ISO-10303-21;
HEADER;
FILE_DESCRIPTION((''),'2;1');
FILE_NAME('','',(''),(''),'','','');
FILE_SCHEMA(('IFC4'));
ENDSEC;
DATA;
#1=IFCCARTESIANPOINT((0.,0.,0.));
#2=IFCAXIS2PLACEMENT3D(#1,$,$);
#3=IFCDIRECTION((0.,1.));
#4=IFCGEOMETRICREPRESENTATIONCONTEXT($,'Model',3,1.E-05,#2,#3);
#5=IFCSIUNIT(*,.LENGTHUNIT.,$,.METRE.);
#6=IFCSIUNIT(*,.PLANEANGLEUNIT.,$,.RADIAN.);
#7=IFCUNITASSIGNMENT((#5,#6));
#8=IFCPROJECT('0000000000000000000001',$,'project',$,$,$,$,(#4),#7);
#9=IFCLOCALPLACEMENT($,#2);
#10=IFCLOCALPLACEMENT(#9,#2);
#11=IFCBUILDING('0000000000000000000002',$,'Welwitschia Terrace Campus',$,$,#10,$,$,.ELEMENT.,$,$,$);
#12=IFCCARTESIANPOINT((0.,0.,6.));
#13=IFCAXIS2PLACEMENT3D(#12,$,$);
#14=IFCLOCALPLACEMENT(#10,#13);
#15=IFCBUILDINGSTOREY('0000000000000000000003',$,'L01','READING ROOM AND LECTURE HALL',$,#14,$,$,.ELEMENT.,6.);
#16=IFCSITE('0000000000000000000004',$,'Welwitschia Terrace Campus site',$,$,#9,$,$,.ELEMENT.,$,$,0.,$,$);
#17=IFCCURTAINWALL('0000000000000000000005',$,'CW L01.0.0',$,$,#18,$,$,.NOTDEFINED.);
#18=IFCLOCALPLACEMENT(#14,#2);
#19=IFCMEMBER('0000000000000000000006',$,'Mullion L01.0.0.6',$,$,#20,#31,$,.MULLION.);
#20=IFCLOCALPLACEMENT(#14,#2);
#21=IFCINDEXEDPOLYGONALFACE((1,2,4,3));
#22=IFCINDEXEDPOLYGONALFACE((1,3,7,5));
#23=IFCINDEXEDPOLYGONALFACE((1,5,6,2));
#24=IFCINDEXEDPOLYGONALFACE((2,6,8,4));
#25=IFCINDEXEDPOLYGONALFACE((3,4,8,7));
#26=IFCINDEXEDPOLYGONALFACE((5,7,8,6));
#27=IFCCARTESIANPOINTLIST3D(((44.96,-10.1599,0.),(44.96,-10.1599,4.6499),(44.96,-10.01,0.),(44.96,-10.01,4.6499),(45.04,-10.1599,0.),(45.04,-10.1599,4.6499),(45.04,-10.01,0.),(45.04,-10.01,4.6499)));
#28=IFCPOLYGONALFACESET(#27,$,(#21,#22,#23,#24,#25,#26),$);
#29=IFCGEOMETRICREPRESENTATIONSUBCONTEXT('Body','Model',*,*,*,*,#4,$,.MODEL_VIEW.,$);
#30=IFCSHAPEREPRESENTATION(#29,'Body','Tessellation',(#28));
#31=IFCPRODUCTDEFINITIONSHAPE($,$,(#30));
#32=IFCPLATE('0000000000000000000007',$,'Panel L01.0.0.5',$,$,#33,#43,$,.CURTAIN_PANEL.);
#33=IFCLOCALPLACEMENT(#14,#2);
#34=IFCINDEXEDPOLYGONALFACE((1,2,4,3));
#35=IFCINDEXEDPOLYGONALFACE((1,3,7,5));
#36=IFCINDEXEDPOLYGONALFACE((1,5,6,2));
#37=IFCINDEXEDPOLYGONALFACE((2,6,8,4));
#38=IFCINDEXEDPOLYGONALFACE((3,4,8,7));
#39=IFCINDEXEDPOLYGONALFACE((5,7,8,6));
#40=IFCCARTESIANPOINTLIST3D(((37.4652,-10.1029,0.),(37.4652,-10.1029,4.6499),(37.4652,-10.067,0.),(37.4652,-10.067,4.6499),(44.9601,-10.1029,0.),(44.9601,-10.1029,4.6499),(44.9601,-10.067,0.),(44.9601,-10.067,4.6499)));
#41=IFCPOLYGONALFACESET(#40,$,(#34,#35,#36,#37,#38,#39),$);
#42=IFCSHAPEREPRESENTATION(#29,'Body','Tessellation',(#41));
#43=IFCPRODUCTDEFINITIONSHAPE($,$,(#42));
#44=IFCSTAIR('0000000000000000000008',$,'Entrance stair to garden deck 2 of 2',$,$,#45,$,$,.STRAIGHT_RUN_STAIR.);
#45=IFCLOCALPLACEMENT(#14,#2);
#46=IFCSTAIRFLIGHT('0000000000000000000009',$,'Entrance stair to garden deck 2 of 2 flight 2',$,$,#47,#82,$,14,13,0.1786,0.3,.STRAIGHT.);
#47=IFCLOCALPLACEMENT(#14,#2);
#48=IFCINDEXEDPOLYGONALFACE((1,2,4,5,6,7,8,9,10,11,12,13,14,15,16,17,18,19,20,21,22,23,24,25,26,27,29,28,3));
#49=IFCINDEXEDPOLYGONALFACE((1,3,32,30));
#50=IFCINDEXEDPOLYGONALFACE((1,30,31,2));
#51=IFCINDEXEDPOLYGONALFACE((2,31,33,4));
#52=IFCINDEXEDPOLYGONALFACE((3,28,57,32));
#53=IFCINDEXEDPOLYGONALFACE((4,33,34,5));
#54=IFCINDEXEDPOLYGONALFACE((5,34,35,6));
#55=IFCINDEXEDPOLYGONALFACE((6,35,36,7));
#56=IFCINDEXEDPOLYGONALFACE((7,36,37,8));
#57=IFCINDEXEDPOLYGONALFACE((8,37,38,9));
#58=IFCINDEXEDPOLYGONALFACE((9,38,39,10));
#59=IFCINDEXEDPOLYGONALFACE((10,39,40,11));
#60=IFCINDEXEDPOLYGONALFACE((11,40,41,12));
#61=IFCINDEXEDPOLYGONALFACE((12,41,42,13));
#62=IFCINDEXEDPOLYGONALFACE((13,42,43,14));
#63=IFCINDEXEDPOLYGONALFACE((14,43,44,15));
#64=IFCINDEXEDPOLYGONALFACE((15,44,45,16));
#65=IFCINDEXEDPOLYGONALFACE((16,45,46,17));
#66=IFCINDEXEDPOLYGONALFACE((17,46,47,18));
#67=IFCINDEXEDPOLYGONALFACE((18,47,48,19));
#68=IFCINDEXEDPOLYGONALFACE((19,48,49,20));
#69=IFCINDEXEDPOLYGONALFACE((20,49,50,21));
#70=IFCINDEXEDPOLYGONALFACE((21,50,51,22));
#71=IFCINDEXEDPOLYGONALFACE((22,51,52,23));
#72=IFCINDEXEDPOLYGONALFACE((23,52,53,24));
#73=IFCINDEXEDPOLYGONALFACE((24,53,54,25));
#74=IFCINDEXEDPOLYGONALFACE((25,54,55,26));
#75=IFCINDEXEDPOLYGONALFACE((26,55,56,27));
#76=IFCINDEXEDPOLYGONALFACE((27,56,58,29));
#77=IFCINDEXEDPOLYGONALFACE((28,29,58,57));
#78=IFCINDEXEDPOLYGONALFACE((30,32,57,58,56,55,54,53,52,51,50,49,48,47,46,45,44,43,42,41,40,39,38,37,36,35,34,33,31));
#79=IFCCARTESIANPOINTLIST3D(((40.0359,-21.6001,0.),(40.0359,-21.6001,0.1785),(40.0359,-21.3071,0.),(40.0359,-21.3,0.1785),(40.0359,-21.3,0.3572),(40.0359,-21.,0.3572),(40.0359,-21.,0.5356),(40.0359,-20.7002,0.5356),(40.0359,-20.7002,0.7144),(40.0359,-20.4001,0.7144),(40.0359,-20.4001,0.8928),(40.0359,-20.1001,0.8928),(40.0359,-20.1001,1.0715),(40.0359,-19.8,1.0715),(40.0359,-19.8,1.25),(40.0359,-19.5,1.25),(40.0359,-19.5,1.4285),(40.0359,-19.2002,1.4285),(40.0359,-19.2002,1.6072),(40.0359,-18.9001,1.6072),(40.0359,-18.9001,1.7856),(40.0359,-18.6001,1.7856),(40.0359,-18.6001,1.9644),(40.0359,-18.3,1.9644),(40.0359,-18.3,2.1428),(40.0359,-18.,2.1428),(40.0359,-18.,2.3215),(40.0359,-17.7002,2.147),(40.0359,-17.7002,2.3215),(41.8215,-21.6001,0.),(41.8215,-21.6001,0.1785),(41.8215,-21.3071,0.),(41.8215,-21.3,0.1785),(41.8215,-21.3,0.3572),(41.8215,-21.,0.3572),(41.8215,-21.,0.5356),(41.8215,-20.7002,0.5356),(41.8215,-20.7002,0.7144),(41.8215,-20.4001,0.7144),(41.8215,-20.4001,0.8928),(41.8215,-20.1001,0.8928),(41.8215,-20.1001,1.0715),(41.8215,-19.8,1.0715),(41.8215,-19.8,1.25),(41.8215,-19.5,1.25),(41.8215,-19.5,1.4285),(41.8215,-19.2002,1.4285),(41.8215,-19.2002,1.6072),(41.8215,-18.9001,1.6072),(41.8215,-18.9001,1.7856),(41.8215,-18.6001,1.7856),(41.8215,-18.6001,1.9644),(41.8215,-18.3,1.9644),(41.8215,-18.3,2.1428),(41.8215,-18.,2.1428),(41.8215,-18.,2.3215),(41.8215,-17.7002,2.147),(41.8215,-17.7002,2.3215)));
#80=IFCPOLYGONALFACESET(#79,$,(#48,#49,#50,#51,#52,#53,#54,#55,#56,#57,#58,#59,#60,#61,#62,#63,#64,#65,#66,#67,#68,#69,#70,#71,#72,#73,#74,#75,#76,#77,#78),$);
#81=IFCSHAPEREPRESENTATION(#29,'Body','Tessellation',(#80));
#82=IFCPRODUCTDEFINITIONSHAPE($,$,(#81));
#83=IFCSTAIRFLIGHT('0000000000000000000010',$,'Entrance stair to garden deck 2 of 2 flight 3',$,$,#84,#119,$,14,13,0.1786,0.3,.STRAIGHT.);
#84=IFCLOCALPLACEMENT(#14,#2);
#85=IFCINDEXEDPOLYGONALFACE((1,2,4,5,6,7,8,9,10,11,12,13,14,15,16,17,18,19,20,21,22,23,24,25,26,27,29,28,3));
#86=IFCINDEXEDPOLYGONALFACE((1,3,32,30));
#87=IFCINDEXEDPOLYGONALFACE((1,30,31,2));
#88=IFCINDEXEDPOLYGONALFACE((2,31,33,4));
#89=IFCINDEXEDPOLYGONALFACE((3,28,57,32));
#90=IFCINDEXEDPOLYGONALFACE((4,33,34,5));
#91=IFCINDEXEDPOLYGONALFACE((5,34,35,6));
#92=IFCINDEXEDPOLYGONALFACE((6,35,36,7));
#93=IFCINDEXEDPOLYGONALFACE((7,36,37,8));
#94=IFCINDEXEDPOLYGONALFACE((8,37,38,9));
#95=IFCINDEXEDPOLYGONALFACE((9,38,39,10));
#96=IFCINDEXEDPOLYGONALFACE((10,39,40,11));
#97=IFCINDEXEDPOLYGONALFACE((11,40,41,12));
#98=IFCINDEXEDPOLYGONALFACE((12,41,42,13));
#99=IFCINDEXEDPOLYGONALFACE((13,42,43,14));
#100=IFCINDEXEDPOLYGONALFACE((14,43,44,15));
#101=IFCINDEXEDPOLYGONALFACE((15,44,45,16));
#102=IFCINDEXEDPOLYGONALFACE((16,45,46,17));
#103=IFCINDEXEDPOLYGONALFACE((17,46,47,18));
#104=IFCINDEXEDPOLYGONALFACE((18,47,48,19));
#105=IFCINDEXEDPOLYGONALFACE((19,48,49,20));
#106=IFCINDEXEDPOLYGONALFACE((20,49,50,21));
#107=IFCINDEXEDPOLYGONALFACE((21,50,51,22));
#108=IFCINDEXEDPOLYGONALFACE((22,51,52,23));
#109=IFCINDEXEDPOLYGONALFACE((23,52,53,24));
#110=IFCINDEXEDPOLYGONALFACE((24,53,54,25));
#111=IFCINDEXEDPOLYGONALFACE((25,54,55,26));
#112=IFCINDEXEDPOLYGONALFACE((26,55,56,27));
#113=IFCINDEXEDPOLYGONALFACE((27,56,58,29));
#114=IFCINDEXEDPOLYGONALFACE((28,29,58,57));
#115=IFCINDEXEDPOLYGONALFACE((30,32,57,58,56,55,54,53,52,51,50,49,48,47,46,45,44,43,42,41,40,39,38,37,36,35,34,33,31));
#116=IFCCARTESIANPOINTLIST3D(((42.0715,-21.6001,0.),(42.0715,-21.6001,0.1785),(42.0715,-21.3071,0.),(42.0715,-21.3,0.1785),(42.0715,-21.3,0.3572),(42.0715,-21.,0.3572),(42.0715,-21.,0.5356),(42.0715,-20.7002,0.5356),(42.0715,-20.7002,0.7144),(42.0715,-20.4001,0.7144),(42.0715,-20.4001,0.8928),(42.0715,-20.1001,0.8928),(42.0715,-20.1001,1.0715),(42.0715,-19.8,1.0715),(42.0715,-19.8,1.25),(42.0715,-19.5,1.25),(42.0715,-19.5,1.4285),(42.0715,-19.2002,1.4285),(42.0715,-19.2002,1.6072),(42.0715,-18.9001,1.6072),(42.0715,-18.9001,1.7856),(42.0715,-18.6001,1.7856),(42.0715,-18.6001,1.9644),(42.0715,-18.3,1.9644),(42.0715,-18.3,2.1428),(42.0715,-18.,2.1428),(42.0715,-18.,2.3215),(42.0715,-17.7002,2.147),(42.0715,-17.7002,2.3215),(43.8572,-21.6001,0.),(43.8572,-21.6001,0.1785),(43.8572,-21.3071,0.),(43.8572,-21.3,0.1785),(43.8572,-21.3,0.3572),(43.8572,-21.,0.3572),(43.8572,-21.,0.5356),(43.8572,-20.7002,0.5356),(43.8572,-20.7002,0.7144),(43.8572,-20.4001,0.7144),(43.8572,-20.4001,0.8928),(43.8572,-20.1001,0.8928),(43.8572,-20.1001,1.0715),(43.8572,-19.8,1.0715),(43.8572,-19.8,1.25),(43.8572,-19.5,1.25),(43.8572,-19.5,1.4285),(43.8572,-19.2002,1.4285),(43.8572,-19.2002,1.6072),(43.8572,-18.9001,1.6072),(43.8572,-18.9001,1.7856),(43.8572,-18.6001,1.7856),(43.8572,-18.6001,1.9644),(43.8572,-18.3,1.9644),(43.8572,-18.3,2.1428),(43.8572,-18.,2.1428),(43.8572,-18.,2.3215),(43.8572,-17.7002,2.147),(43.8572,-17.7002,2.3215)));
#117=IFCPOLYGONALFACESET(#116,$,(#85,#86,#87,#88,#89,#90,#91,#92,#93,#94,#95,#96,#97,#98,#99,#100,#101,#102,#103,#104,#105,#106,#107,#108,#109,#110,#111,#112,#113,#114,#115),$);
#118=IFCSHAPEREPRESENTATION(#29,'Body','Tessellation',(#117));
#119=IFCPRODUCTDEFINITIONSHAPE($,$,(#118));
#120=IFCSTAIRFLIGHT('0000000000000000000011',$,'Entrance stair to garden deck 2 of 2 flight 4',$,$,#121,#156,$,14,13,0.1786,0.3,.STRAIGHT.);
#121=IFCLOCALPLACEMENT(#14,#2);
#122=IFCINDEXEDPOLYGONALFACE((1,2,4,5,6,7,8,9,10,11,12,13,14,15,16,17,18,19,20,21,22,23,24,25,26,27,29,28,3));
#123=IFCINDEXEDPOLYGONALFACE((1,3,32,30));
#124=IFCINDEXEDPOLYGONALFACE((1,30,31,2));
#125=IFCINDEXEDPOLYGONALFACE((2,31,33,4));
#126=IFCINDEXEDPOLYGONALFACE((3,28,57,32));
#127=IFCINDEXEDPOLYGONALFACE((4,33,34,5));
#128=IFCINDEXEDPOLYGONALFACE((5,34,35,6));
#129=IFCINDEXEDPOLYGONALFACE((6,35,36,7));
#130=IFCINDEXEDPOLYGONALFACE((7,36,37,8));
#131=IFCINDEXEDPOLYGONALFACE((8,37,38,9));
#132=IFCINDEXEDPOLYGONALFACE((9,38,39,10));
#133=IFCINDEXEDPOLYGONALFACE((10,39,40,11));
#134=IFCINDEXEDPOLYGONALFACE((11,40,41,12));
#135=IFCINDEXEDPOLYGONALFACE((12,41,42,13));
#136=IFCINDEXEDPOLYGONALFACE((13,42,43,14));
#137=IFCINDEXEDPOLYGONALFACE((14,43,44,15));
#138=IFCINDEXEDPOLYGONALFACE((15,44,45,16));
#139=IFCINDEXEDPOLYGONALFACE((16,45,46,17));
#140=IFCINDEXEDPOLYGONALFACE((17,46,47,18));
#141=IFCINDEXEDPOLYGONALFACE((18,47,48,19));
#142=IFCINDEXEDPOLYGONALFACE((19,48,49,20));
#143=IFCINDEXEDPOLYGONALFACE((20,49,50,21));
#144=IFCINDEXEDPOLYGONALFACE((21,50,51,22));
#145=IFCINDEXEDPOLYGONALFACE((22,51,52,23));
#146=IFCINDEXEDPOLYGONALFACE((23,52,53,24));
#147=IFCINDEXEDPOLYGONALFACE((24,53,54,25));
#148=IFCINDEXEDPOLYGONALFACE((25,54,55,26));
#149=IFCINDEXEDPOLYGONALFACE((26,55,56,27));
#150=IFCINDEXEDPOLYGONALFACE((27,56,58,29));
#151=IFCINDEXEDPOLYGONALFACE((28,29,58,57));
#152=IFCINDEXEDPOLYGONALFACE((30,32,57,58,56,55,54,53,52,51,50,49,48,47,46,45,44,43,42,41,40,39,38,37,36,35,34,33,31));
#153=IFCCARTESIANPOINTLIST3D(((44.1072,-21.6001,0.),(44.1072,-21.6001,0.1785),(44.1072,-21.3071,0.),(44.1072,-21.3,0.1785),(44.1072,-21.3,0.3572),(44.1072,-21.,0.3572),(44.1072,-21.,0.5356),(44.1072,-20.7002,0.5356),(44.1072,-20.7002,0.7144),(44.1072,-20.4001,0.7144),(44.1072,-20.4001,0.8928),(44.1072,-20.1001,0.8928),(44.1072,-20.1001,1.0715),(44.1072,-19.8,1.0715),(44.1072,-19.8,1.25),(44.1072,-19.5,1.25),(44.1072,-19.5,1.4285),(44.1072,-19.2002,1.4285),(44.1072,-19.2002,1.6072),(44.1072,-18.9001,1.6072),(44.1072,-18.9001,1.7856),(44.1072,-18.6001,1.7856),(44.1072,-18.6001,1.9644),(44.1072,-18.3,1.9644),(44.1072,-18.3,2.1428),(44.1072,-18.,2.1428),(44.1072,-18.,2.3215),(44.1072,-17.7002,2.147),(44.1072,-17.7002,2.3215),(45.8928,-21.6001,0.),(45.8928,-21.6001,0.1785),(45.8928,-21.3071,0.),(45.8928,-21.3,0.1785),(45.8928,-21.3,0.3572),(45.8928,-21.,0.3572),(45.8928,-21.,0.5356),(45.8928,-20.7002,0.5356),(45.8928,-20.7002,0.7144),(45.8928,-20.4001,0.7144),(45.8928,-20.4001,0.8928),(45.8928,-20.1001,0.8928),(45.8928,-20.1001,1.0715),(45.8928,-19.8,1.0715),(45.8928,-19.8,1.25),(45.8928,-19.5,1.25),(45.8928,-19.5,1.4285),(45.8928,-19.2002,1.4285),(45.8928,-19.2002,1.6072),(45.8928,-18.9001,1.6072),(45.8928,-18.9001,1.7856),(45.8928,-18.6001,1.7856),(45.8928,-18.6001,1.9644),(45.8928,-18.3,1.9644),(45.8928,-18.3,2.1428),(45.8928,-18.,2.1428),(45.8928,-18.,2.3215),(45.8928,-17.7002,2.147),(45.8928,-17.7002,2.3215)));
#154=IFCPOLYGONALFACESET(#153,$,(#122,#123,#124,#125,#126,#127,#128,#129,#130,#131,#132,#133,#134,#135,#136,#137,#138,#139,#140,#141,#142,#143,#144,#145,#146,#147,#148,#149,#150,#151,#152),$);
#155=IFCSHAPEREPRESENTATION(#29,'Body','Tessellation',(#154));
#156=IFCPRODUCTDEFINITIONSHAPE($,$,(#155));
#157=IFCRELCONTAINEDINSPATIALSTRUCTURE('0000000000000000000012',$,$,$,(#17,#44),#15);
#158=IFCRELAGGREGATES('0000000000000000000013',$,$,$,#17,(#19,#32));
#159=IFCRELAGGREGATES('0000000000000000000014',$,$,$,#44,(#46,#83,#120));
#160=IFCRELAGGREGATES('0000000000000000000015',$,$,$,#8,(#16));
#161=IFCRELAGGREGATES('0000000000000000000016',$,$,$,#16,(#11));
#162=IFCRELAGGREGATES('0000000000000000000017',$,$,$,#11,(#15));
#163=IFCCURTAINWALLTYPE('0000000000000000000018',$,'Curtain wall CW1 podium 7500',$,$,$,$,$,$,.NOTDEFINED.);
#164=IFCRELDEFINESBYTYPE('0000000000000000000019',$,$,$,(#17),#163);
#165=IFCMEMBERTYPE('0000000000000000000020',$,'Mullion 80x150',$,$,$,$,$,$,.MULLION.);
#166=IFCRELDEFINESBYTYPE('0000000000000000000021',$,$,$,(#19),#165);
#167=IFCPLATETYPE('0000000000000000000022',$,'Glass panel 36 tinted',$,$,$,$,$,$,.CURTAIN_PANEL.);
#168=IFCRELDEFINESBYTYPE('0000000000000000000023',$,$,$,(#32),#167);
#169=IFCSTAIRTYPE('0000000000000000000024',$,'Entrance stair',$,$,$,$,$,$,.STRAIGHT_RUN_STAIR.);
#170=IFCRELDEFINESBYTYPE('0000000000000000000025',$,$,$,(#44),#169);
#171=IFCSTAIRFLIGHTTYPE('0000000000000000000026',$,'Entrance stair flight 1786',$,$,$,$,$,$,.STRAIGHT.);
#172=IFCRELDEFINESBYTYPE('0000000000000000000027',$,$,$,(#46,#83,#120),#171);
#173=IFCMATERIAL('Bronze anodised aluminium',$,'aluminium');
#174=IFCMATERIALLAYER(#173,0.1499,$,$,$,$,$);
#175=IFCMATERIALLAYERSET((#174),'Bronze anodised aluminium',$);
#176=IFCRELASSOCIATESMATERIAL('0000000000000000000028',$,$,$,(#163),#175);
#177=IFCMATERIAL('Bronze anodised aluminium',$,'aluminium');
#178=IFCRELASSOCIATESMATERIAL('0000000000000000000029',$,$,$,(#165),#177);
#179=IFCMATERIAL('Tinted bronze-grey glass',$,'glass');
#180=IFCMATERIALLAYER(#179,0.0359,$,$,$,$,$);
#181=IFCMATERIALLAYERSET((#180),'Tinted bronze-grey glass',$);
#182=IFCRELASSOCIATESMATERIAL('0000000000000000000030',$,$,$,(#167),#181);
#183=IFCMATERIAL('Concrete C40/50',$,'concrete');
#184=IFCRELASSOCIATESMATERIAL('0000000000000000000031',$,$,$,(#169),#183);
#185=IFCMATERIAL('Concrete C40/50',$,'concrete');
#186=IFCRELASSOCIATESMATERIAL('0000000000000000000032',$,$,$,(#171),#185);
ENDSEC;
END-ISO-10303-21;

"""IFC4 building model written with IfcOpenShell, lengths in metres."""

from ifc_helpers import new_model, si_unit, direction, frame, origin, origin_2d, place, context, subcontext, project, spatial, polyline, rectangle, outline, extrude, material, layer, layer_set, material_profile, profile_set, type_object, element, aggregate, save


model = new_model("IFC4")

# Units and contexts
model_context = context("Model", 3, precision=1e-05, world=origin(), true_north=direction((0.0, 1.0)))
body_context = subcontext(model_context, "Body", "Model", "MODEL_VIEW")
ifc_project = project(units=[si_unit("LENGTHUNIT", "METRE"), si_unit("PLANEANGLEUNIT", "RADIAN")], contexts=[model_context])

# Site, building, storey
site_placement = place(None, origin())
site = spatial("IfcSite", under=ifc_project, at=site_placement, Name="Welwitschia Terrace Campus site", CompositionType="ELEMENT", RefElevation=0.0)
building_placement = place(site_placement, origin())
building = spatial("IfcBuilding", under=site, at=building_placement, Name="Welwitschia Terrace Campus", CompositionType="ELEMENT")
storey_placement = place(building_placement, frame((0.0, 0.0, 6.0)))
storey = spatial("IfcBuildingStorey", under=building, at=storey_placement, Name="L01", Description="READING ROOM AND LECTURE HALL", CompositionType="ELEMENT", Elevation=6.0)

# Curtain wall, member, plate
ifc_material_1 = material(Name="Bronze anodised aluminium", Category="aluminium")
ifc_layer_1 = layer(ifc_material_1, 0.1499)
ifc_layer_set_1 = layer_set([ifc_layer_1], Name="Bronze anodised aluminium")
curtain_wall_type = type_object("IfcCurtainWallType", Name="Curtain wall CW1 podium 7500", PredefinedType="NOTDEFINED", material=ifc_layer_set_1)
curtain_wall_placement = place(storey_placement, origin())
curtain_wall = element("IfcCurtainWall", 1, at=curtain_wall_placement, inside=storey, type_object=curtain_wall_type, Name="CW L01.0.0", PredefinedType="NOTDEFINED")
ifc_material_2 = material(Name="Bronze anodised aluminium", Category="aluminium")
ifc_material_profile = material_profile(ifc_material_2, rectangle(XDim=0.1499, YDim=0.0801, at=origin_2d()))
ifc_profile_set = profile_set([ifc_material_profile], Name="Bronze anodised aluminium")
member_type = type_object("IfcMemberType", Name="Mullion 80x150", PredefinedType="MULLION", material=ifc_profile_set)
member_placement = place(storey_placement, frame((45.0, -10.085, 0.0), z_axis=(0.0, 0.0, 1.0), x_axis=(0.0, 1.0, 0.0)))
member = element("IfcMember", 2, at=member_placement, type_object=member_type, Name="Mullion L01.0.0.6", PredefinedType="MULLION", context=body_context, shape_type="SweptSolid", body=[
    extrude(rectangle(XDim=0.1499, YDim=0.0801, at=origin_2d()), origin(), (0.0, 0.0, 1.0), 4.6499),
])
ifc_material_3 = material(Name="Tinted bronze-grey glass", Category="glass")
ifc_layer_2 = layer(ifc_material_3, 0.0359)
ifc_layer_set_2 = layer_set([ifc_layer_2], Name="Tinted bronze-grey glass")
plate_type = type_object("IfcPlateType", Name="Glass panel 36 tinted", PredefinedType="CURTAIN_PANEL", material=ifc_layer_set_2)
plate_placement = place(storey_placement, frame((41.2126, -10.085, 0.0), z_axis=(0.0, 0.0, 1.0), x_axis=(1.0, 0.0, 0.0)))
plate = element("IfcPlate", 3, at=plate_placement, type_object=plate_type, Name="Panel L01.0.0.5", PredefinedType="CURTAIN_PANEL", context=body_context, shape_type="SweptSolid", body=[
    extrude(rectangle(XDim=7.4949, YDim=0.0359, at=origin_2d()), origin(), (0.0, 0.0, 1.0), 4.6499),
])
aggregate(curtain_wall, [member, plate])

# Stair, stair flights
ifc_material_4 = material(Name="Concrete C40/50", Category="concrete")
stair_type = type_object("IfcStairType", Name="Entrance stair", PredefinedType="STRAIGHT_RUN_STAIR", material=ifc_material_4)
stair_placement = place(storey_placement, origin())
stair = element("IfcStair", 4, at=stair_placement, inside=storey, type_object=stair_type, Name="Entrance stair to garden deck 2 of 2", PredefinedType="STRAIGHT_RUN_STAIR")
ifc_material_5 = material(Name="Concrete C40/50", Category="concrete")
stair_flight_type = type_object("IfcStairFlightType", Name="Entrance stair flight 1786", PredefinedType="STRAIGHT", material=ifc_material_5)
stair_flight_1_placement = place(storey_placement, frame((40.9287, -21.6001, 0.0), z_axis=(0.0, 0.0, 1.0), x_axis=(0.0, 1.0, 0.0)))
stair_flight_1 = element("IfcStairFlight", 5, at=stair_flight_1_placement, type_object=stair_flight_type, Name="Entrance stair to garden deck 2 of 2 flight 2", NumberOfRisers=14, NumberOfTreads=13, PredefinedType="STRAIGHT", RiserHeight=0.1786, TreadLength=0.3, context=body_context, shape_type="SweptSolid", body=[
    extrude(outline(polyline([(0.0, 0.0), (0.0, 0.1785), (0.3, 0.1785), (0.3, 0.3572), (0.6001, 0.3572), (0.6001, 0.5356), (0.8999, 0.5356), (0.8999, 0.7144), (1.2, 0.7144), (1.2, 0.8928), (1.5, 0.8928), (1.5, 1.0715), (1.8, 1.0715), (1.8, 1.25), (2.1001, 1.25), (2.1001, 1.4285), (2.3999, 1.4285), (2.3999, 1.6072), (2.7, 1.6072), (2.7, 1.7856), (3.0, 1.7856), (3.0, 1.9644), (3.3, 1.9644), (3.3, 2.1428), (3.6001, 2.1428), (3.6001, 2.3215), (3.8999, 2.3215), (3.8999, 2.5), (3.8999, 2.147), (0.293, 0.0), (0.0, 0.0)])), frame((0.0, 0.8928, 0.0), z_axis=(0.0, -1.0, 0.0), x_axis=(1.0, 0.0, 0.0)), (0.0, 0.0, 1.0), 1.7856),
])
stair_flight_2_placement = place(storey_placement, frame((42.9644, -21.6001, 0.0), z_axis=(0.0, 0.0, 1.0), x_axis=(0.0, 1.0, 0.0)))
stair_flight_2 = element("IfcStairFlight", 6, at=stair_flight_2_placement, type_object=stair_flight_type, Name="Entrance stair to garden deck 2 of 2 flight 3", NumberOfRisers=14, NumberOfTreads=13, PredefinedType="STRAIGHT", RiserHeight=0.1786, TreadLength=0.3, context=body_context, shape_type="SweptSolid", body=[
    extrude(outline(polyline([(0.0, 0.0), (0.0, 0.1785), (0.3, 0.1785), (0.3, 0.3572), (0.6001, 0.3572), (0.6001, 0.5356), (0.8999, 0.5356), (0.8999, 0.7144), (1.2, 0.7144), (1.2, 0.8928), (1.5, 0.8928), (1.5, 1.0715), (1.8, 1.0715), (1.8, 1.25), (2.1001, 1.25), (2.1001, 1.4285), (2.3999, 1.4285), (2.3999, 1.6072), (2.7, 1.6072), (2.7, 1.7856), (3.0, 1.7856), (3.0, 1.9644), (3.3, 1.9644), (3.3, 2.1428), (3.6001, 2.1428), (3.6001, 2.3215), (3.8999, 2.3215), (3.8999, 2.5), (3.8999, 2.147), (0.293, 0.0), (0.0, 0.0)])), frame((0.0, 0.8928, 0.0), z_axis=(0.0, -1.0, 0.0), x_axis=(1.0, 0.0, 0.0)), (0.0, 0.0, 1.0), 1.7856),
])
stair_flight_3_placement = place(storey_placement, frame((45.0, -21.6001, 0.0), z_axis=(0.0, 0.0, 1.0), x_axis=(0.0, 1.0, 0.0)))
stair_flight_3 = element("IfcStairFlight", 7, at=stair_flight_3_placement, type_object=stair_flight_type, Name="Entrance stair to garden deck 2 of 2 flight 4", NumberOfRisers=14, NumberOfTreads=13, PredefinedType="STRAIGHT", RiserHeight=0.1786, TreadLength=0.3, context=body_context, shape_type="SweptSolid", body=[
    extrude(outline(polyline([(0.0, 0.0), (0.0, 0.1785), (0.3, 0.1785), (0.3, 0.3572), (0.6001, 0.3572), (0.6001, 0.5356), (0.8999, 0.5356), (0.8999, 0.7144), (1.2, 0.7144), (1.2, 0.8928), (1.5, 0.8928), (1.5, 1.0715), (1.8, 1.0715), (1.8, 1.25), (2.1001, 1.25), (2.1001, 1.4285), (2.3999, 1.4285), (2.3999, 1.6072), (2.7, 1.6072), (2.7, 1.7856), (3.0, 1.7856), (3.0, 1.9644), (3.3, 1.9644), (3.3, 2.1428), (3.6001, 2.1428), (3.6001, 2.3215), (3.8999, 2.3215), (3.8999, 2.5), (3.8999, 2.147), (0.293, 0.0), (0.0, 0.0)])), frame((0.0, 0.8928, 0.0), z_axis=(0.0, -1.0, 0.0), x_axis=(1.0, 0.0, 0.0)), (0.0, 0.0, 1.0), 1.7856),
])
aggregate(stair, [stair_flight_1, stair_flight_2, stair_flight_3])

save(model, "model.ifc")
